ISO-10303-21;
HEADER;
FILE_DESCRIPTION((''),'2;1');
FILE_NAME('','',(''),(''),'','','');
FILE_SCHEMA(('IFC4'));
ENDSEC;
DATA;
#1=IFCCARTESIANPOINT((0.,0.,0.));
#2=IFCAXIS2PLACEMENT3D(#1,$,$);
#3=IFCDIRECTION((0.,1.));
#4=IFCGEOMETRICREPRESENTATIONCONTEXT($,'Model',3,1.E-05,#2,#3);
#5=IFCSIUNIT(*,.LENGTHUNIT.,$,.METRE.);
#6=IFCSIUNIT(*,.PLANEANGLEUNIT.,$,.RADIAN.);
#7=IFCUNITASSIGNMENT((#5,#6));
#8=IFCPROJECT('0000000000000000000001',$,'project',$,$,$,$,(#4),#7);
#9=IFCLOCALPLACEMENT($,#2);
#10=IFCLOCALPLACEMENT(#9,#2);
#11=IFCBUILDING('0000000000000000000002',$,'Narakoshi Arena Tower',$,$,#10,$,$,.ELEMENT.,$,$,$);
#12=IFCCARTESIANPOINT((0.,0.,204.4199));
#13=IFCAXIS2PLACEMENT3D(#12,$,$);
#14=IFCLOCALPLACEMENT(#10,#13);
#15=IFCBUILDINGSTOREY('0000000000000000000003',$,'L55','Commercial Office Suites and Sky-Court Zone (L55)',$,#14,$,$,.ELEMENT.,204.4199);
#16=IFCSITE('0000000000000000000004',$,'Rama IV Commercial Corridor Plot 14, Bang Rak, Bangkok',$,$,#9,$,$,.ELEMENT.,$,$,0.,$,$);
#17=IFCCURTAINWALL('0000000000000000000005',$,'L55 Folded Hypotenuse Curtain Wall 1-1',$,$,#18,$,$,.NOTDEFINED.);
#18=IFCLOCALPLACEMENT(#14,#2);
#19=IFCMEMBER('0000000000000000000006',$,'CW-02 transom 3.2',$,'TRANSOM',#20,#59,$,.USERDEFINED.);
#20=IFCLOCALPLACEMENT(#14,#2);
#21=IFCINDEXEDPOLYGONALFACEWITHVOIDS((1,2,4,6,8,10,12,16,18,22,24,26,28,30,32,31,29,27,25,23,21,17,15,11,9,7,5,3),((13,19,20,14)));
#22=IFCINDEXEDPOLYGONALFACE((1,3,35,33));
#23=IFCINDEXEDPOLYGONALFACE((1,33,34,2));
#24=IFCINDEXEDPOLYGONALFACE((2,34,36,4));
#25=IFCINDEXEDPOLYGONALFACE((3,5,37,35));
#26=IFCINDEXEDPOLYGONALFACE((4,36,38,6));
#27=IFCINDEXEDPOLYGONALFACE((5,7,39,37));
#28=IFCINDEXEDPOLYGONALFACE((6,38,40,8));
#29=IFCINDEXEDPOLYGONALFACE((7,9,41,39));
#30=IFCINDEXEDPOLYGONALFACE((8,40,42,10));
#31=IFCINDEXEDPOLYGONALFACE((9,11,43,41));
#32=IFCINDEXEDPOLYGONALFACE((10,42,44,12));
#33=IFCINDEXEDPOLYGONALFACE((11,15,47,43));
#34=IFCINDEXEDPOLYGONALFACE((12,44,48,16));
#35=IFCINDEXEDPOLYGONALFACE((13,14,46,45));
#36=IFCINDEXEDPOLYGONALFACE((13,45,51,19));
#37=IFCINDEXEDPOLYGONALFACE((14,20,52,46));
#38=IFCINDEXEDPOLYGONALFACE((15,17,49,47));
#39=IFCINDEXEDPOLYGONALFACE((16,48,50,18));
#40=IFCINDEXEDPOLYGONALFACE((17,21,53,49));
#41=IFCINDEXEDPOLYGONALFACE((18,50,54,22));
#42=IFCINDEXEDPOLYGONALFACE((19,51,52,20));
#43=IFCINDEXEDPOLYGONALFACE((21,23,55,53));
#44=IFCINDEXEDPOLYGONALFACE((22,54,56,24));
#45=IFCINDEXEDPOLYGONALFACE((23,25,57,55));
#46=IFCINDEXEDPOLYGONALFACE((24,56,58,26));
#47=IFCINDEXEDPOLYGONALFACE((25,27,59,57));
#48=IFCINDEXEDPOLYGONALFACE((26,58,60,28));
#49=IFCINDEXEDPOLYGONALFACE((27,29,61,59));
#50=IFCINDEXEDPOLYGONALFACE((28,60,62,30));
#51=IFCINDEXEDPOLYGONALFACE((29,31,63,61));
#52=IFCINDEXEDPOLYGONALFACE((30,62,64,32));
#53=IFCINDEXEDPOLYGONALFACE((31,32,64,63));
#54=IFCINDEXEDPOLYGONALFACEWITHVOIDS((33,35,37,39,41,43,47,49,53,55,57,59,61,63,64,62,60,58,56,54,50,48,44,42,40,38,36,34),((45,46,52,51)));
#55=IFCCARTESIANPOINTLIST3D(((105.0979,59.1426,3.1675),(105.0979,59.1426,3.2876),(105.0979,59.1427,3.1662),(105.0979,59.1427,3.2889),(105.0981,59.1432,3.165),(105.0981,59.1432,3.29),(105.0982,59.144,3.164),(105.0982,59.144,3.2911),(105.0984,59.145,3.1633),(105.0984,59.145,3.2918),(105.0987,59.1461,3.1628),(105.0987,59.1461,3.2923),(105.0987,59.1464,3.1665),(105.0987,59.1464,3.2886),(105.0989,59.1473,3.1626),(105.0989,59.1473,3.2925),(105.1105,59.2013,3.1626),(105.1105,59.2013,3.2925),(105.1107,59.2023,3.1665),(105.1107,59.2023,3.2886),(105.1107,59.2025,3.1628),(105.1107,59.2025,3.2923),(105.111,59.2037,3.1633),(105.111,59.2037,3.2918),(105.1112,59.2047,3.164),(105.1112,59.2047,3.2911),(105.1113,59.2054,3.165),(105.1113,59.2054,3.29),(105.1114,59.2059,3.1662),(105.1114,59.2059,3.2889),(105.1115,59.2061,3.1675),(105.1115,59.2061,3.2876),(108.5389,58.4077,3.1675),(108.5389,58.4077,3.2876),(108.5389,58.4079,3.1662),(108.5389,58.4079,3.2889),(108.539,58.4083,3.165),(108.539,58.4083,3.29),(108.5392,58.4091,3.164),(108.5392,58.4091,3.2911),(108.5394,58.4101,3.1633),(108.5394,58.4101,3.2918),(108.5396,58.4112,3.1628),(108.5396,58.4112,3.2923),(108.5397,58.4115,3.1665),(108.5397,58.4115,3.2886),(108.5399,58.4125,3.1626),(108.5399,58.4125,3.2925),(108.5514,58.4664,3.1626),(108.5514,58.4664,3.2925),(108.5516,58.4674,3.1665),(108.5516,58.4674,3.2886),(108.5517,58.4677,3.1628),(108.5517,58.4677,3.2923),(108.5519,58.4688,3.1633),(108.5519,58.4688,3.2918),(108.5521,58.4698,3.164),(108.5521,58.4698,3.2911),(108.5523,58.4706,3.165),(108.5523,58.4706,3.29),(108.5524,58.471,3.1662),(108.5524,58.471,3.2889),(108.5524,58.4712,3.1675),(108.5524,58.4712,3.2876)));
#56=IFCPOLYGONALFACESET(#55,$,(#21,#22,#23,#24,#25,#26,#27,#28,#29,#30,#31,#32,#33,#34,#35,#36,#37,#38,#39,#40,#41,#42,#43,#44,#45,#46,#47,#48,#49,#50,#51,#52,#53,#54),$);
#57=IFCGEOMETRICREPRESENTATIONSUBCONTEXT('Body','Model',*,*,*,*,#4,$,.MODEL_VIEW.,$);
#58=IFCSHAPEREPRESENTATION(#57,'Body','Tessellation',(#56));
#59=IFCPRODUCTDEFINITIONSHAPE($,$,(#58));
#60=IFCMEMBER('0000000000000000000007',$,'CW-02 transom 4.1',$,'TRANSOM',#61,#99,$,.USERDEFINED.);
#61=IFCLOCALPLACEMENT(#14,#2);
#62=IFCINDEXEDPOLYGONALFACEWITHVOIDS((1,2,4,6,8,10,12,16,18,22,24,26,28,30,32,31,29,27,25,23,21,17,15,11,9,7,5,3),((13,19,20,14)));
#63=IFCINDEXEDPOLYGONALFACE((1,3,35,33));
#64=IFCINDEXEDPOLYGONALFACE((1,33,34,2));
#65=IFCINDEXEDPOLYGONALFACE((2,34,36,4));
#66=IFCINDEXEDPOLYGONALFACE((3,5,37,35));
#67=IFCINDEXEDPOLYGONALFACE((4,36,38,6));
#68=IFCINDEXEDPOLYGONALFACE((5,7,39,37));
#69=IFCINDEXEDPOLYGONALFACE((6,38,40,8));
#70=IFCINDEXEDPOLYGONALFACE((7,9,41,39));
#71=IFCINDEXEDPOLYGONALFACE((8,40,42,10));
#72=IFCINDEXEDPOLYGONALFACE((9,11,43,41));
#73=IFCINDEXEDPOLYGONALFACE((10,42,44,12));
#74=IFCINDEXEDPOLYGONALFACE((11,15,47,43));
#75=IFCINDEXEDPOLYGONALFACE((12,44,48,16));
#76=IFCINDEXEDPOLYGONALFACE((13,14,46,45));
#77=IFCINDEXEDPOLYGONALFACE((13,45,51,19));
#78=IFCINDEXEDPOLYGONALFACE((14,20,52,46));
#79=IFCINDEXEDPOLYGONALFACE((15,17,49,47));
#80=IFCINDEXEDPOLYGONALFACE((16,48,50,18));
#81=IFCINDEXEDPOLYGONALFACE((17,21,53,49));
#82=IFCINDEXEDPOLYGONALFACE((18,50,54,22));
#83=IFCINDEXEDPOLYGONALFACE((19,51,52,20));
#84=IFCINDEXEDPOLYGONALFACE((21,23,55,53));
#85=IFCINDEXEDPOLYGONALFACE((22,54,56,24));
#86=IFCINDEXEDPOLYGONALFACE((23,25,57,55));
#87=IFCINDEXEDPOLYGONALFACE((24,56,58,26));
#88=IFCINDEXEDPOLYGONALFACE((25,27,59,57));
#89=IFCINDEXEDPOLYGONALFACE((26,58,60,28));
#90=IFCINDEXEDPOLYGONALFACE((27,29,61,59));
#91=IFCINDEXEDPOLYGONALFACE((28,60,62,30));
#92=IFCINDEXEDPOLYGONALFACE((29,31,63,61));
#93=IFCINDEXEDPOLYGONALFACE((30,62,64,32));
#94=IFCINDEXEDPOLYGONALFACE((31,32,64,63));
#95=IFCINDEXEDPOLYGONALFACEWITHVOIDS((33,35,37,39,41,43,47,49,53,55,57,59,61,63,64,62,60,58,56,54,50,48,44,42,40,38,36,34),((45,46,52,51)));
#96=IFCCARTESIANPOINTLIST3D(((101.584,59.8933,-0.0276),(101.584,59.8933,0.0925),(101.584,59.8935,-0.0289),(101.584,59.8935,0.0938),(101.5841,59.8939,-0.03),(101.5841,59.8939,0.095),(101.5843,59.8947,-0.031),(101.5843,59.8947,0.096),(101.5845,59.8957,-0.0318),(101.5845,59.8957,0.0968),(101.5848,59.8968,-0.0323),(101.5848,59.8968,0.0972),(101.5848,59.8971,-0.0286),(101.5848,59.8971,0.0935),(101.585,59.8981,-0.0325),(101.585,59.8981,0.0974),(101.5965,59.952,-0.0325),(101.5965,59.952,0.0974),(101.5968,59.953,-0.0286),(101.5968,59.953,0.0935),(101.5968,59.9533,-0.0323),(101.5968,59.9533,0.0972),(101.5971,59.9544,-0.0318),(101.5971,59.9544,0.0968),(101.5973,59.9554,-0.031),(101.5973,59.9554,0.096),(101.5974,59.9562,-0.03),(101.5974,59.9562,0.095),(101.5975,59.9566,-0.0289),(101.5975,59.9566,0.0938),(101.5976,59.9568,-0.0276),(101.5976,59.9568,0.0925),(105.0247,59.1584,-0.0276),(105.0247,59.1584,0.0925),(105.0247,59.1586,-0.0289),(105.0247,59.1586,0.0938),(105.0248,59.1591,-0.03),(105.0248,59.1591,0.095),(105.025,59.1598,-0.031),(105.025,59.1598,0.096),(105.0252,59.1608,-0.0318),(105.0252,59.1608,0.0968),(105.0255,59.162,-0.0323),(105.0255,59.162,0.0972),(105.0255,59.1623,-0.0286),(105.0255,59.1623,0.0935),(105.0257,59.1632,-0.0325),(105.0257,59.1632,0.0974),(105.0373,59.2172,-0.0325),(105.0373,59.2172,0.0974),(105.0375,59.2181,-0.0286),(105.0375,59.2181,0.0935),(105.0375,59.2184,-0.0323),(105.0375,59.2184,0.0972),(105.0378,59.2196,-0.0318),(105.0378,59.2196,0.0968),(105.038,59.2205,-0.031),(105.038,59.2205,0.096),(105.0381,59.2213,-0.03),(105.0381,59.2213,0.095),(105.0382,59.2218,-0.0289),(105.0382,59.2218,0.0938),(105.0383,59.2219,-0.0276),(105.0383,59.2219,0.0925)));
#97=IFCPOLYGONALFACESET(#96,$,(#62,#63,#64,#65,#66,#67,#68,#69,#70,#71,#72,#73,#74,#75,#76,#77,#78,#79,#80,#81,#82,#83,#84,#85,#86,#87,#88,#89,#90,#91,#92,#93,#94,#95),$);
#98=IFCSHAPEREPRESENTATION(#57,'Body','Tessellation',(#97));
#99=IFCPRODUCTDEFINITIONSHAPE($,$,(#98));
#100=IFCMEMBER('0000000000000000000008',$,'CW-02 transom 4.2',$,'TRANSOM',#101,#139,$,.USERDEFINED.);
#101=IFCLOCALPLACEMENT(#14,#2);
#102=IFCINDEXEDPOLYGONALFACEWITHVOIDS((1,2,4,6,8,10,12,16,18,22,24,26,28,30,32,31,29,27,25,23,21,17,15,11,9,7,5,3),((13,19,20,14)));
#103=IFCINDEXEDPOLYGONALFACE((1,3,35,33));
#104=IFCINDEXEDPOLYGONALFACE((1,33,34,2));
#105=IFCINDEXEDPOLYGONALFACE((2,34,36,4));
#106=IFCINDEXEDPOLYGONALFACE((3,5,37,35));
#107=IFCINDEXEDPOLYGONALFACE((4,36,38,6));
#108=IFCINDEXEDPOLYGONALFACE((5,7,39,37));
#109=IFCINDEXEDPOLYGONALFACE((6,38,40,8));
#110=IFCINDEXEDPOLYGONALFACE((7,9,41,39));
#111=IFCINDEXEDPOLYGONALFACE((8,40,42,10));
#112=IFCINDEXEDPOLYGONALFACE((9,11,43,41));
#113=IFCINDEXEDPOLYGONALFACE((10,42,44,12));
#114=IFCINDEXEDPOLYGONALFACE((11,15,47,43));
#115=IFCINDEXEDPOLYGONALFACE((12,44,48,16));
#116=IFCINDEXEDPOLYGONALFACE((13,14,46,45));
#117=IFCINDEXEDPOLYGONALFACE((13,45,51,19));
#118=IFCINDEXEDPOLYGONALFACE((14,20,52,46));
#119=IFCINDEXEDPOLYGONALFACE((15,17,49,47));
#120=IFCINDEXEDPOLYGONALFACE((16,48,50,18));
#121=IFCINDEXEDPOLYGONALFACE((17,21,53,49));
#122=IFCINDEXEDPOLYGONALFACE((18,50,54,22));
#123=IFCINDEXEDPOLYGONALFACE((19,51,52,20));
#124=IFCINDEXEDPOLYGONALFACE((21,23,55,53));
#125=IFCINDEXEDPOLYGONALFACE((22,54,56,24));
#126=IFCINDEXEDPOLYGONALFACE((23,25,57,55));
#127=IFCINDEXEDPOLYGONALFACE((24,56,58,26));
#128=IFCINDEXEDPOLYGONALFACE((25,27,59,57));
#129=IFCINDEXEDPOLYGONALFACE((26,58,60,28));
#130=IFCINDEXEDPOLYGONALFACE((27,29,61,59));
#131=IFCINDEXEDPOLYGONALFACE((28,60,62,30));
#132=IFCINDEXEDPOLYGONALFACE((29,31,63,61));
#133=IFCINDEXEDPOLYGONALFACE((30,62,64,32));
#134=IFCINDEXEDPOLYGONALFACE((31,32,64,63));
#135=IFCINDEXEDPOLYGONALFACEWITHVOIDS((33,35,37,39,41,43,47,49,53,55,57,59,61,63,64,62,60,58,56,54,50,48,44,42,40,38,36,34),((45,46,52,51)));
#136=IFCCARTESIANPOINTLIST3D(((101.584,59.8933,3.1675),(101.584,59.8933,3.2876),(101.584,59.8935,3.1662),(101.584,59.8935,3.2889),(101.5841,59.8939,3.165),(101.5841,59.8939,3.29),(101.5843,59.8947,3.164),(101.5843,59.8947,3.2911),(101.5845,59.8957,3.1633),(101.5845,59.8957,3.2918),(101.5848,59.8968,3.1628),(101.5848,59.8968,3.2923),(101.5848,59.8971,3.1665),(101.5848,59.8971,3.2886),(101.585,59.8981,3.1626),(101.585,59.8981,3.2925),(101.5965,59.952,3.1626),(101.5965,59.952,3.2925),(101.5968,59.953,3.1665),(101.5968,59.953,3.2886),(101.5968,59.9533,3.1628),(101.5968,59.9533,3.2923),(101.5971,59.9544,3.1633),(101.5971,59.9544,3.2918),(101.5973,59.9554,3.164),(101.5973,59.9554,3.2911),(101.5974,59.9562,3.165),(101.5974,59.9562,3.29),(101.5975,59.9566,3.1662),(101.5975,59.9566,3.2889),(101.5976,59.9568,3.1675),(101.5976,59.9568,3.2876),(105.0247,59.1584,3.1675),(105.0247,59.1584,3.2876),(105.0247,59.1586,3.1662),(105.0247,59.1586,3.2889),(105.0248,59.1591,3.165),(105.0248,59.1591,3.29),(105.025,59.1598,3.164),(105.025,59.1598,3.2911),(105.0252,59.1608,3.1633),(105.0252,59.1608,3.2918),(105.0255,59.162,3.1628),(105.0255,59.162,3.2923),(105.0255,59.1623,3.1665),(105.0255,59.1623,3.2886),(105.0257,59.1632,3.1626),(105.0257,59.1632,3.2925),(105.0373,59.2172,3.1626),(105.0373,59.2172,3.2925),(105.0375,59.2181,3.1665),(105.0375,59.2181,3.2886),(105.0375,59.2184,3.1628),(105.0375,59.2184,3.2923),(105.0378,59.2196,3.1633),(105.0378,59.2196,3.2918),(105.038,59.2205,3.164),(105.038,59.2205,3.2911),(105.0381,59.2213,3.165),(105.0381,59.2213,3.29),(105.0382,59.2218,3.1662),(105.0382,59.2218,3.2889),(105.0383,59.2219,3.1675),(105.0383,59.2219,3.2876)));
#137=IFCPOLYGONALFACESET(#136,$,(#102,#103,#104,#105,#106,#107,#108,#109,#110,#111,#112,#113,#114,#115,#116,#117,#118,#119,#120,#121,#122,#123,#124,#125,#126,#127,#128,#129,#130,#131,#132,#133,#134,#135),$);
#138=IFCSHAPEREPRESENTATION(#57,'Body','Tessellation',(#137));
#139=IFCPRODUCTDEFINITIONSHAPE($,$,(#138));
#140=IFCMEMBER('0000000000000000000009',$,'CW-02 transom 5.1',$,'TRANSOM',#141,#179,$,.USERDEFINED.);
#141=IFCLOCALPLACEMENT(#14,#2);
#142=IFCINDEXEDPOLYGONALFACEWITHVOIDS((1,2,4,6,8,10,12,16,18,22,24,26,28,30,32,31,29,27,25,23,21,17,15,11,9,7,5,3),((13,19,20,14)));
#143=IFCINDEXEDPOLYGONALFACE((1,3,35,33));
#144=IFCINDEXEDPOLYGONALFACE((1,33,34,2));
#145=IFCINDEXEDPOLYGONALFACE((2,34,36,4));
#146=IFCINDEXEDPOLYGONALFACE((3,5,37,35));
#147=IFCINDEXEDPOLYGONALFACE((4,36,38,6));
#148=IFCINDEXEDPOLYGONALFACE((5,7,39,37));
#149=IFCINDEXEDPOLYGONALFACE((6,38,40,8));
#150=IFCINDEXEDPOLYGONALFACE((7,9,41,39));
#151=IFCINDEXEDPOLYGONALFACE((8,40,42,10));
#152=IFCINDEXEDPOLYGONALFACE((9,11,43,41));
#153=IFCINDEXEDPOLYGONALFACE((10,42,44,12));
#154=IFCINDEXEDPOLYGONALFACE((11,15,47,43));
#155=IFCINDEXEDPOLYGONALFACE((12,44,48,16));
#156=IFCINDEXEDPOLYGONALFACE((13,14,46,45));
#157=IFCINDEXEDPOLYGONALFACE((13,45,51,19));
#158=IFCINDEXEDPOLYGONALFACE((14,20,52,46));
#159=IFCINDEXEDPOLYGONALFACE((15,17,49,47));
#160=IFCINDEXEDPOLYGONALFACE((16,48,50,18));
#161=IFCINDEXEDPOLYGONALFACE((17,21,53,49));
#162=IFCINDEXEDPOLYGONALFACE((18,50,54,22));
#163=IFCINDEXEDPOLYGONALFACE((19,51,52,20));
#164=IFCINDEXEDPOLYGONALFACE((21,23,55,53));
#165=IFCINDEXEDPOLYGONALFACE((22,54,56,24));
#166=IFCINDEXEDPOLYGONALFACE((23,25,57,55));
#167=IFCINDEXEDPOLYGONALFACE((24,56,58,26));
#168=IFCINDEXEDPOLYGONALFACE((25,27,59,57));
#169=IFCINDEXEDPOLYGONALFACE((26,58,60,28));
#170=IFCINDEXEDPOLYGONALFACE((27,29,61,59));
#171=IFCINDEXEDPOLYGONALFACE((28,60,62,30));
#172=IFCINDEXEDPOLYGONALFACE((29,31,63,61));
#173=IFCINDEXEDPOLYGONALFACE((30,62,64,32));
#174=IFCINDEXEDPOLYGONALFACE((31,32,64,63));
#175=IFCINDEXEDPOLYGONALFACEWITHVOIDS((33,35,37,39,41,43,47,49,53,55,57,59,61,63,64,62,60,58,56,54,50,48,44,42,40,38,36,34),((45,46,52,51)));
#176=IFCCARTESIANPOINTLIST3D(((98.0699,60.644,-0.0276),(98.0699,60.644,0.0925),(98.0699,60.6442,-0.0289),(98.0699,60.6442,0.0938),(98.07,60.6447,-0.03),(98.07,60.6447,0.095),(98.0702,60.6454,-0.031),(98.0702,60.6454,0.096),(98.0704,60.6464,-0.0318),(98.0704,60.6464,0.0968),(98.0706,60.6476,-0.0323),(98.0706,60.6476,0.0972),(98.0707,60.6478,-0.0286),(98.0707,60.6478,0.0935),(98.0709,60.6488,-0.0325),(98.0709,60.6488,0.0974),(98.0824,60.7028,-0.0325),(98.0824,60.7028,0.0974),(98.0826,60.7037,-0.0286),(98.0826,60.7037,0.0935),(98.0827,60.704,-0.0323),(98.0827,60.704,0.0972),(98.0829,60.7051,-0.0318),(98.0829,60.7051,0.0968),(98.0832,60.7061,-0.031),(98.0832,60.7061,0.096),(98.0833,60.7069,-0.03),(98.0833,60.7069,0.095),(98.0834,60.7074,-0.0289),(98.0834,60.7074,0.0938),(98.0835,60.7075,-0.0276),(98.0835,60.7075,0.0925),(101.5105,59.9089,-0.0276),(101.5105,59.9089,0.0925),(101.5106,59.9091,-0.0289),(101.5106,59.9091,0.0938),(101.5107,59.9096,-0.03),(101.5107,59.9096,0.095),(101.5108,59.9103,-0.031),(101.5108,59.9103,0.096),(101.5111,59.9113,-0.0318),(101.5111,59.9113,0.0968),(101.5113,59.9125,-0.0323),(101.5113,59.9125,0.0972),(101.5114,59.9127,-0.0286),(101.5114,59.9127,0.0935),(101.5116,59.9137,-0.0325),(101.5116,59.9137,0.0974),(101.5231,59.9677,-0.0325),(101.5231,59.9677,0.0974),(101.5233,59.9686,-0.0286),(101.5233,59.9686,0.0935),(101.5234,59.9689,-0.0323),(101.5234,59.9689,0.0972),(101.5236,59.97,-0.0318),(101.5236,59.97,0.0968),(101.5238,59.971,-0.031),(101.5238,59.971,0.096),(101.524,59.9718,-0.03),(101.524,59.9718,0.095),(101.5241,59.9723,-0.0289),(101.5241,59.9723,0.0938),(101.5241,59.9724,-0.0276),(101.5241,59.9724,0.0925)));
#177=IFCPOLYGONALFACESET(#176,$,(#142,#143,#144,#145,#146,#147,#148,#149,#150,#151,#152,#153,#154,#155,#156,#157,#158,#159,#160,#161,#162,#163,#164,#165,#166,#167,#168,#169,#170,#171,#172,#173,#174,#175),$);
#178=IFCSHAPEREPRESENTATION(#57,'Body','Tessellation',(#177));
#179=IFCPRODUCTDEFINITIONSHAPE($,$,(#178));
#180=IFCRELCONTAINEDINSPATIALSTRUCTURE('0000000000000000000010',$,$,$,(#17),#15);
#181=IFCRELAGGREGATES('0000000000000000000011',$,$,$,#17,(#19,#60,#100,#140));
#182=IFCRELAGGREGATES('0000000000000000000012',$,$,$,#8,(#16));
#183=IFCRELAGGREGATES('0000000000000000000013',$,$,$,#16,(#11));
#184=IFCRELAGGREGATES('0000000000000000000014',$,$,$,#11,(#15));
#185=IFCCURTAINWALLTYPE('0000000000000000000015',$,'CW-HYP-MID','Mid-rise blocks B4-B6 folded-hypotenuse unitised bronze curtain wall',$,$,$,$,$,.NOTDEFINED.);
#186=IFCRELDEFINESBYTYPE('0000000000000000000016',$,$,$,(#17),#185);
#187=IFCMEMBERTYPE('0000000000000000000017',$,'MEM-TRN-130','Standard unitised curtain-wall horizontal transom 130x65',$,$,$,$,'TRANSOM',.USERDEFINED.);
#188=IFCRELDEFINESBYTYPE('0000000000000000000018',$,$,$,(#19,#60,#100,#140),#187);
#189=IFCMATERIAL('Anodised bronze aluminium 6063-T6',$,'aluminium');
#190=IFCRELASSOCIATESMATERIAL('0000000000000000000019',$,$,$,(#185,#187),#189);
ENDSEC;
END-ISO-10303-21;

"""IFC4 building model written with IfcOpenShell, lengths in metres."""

from ifc_helpers import new_model, si_unit, direction, frame, origin, origin_2d, place, context, subcontext, project, spatial, hollow_rectangle, extrude, material, material_profile, profile_set, type_object, element, aggregate, save


model = new_model("IFC4")

# Units and contexts
model_context = context("Model", 3, precision=1e-05, world=origin(), true_north=direction((0.0, 1.0)))
body_context = subcontext(model_context, "Body", "Model", "MODEL_VIEW")
ifc_project = project(units=[si_unit("LENGTHUNIT", "METRE"), si_unit("PLANEANGLEUNIT", "RADIAN")], contexts=[model_context])

# Site, building, storey
site_placement = place(None, origin())
site = spatial("IfcSite", under=ifc_project, at=site_placement, Name="Rama IV Commercial Corridor Plot 14, Bang Rak, Bangkok", CompositionType="ELEMENT", RefElevation=0.0)
building_placement = place(site_placement, origin())
building = spatial("IfcBuilding", under=site, at=building_placement, Name="Narakoshi Arena Tower", CompositionType="ELEMENT")
storey_placement = place(building_placement, frame((0.0, 0.0, 204.4199)))
storey = spatial("IfcBuildingStorey", under=building, at=storey_placement, Name="L55", Description="Commercial Office Suites and Sky-Court Zone (L55)", CompositionType="ELEMENT", Elevation=204.4199)

# Curtain wall, members
ifc_material_1 = material(Name="Anodised bronze aluminium 6063-T6", Category="aluminium")
curtain_wall_type = type_object("IfcCurtainWallType", Name="CW-HYP-MID", Description="Mid-rise blocks B4-B6 folded-hypotenuse unitised bronze curtain wall", PredefinedType="NOTDEFINED", material=ifc_material_1)
curtain_wall_placement = place(storey_placement, origin())
curtain_wall = element("IfcCurtainWall", 1, at=curtain_wall_placement, inside=storey, type_object=curtain_wall_type, Name="L55 Folded Hypotenuse Curtain Wall 1-1", PredefinedType="NOTDEFINED")
ifc_material_profile_1 = material_profile(ifc_material_1, hollow_rectangle(XDim=0.0649, YDim=0.1299, WallThickness=0.0039, OuterFilletRadius=0.0049, at=origin_2d()), Name="TRN130x65x4")
ifc_profile_set_1 = profile_set([ifc_material_profile_1], Name="Anodised bronze aluminium 6063-T6")
member_type_1 = type_object("IfcMemberType", Name="MEM-TRN-130", Description="Standard unitised curtain-wall horizontal transom 130x65", ElementType="TRANSOM", PredefinedType="USERDEFINED", material=ifc_profile_set_1)
member_1_placement = place(storey_placement, frame((108.5457, 58.4395, 3.2275), z_axis=(-0.977946, 0.208856, 0.0), x_axis=(-0.208856, -0.977946, 0.0)))
member_1 = element("IfcMember", 2, at=member_1_placement, type_object=member_type_1, Name="CW-02 transom 3.2", ObjectType="TRANSOM", PredefinedType="USERDEFINED", context=body_context, shape_type="SweptSolid", body=[
    extrude(hollow_rectangle(XDim=0.0649, YDim=0.1299, WallThickness=0.0039, OuterFilletRadius=0.0049, at=origin_2d()), origin(), (0.0, 0.0, 1.0), 3.5186),
])
member_2_placement = place(storey_placement, frame((105.0315, 59.1902, 0.0325), z_axis=(-0.977943, 0.20887, 0.0), x_axis=(-0.20887, -0.977943, 0.0)))
member_2 = element("IfcMember", 3, at=member_2_placement, type_object=member_type_1, Name="CW-02 transom 4.1", ObjectType="TRANSOM", PredefinedType="USERDEFINED", context=body_context, shape_type="SweptSolid", body=[
    extrude(hollow_rectangle(XDim=0.0649, YDim=0.1299, WallThickness=0.0039, OuterFilletRadius=0.0049, at=origin_2d()), origin(), (0.0, 0.0, 1.0), 3.5183),
])
member_3_placement = place(storey_placement, frame((105.0315, 59.1902, 3.2275), z_axis=(-0.977943, 0.20887, 0.0), x_axis=(-0.20887, -0.977943, 0.0)))
member_3 = element("IfcMember", 4, at=member_3_placement, type_object=member_type_1, Name="CW-02 transom 4.2", ObjectType="TRANSOM", PredefinedType="USERDEFINED", context=body_context, shape_type="SweptSolid", body=[
    extrude(hollow_rectangle(XDim=0.0649, YDim=0.1299, WallThickness=0.0039, OuterFilletRadius=0.0049, at=origin_2d()), origin(), (0.0, 0.0, 1.0), 3.5183),
])
member_4_placement = place(storey_placement, frame((101.5173, 59.9407, 0.0325), z_axis=(-0.977929, 0.208937, 0.0), x_axis=(-0.208937, -0.977929, 0.0)))
member_4 = element("IfcMember", 5, at=member_4_placement, type_object=member_type_1, Name="CW-02 transom 5.1", ObjectType="TRANSOM", PredefinedType="USERDEFINED", context=body_context, shape_type="SweptSolid", body=[
    extrude(hollow_rectangle(XDim=0.0649, YDim=0.1299, WallThickness=0.0039, OuterFilletRadius=0.0049, at=origin_2d()), origin(), (0.0, 0.0, 1.0), 3.5183),
])
aggregate(curtain_wall, [member_1, member_2, member_3, member_4])

save(model, "model.ifc")
